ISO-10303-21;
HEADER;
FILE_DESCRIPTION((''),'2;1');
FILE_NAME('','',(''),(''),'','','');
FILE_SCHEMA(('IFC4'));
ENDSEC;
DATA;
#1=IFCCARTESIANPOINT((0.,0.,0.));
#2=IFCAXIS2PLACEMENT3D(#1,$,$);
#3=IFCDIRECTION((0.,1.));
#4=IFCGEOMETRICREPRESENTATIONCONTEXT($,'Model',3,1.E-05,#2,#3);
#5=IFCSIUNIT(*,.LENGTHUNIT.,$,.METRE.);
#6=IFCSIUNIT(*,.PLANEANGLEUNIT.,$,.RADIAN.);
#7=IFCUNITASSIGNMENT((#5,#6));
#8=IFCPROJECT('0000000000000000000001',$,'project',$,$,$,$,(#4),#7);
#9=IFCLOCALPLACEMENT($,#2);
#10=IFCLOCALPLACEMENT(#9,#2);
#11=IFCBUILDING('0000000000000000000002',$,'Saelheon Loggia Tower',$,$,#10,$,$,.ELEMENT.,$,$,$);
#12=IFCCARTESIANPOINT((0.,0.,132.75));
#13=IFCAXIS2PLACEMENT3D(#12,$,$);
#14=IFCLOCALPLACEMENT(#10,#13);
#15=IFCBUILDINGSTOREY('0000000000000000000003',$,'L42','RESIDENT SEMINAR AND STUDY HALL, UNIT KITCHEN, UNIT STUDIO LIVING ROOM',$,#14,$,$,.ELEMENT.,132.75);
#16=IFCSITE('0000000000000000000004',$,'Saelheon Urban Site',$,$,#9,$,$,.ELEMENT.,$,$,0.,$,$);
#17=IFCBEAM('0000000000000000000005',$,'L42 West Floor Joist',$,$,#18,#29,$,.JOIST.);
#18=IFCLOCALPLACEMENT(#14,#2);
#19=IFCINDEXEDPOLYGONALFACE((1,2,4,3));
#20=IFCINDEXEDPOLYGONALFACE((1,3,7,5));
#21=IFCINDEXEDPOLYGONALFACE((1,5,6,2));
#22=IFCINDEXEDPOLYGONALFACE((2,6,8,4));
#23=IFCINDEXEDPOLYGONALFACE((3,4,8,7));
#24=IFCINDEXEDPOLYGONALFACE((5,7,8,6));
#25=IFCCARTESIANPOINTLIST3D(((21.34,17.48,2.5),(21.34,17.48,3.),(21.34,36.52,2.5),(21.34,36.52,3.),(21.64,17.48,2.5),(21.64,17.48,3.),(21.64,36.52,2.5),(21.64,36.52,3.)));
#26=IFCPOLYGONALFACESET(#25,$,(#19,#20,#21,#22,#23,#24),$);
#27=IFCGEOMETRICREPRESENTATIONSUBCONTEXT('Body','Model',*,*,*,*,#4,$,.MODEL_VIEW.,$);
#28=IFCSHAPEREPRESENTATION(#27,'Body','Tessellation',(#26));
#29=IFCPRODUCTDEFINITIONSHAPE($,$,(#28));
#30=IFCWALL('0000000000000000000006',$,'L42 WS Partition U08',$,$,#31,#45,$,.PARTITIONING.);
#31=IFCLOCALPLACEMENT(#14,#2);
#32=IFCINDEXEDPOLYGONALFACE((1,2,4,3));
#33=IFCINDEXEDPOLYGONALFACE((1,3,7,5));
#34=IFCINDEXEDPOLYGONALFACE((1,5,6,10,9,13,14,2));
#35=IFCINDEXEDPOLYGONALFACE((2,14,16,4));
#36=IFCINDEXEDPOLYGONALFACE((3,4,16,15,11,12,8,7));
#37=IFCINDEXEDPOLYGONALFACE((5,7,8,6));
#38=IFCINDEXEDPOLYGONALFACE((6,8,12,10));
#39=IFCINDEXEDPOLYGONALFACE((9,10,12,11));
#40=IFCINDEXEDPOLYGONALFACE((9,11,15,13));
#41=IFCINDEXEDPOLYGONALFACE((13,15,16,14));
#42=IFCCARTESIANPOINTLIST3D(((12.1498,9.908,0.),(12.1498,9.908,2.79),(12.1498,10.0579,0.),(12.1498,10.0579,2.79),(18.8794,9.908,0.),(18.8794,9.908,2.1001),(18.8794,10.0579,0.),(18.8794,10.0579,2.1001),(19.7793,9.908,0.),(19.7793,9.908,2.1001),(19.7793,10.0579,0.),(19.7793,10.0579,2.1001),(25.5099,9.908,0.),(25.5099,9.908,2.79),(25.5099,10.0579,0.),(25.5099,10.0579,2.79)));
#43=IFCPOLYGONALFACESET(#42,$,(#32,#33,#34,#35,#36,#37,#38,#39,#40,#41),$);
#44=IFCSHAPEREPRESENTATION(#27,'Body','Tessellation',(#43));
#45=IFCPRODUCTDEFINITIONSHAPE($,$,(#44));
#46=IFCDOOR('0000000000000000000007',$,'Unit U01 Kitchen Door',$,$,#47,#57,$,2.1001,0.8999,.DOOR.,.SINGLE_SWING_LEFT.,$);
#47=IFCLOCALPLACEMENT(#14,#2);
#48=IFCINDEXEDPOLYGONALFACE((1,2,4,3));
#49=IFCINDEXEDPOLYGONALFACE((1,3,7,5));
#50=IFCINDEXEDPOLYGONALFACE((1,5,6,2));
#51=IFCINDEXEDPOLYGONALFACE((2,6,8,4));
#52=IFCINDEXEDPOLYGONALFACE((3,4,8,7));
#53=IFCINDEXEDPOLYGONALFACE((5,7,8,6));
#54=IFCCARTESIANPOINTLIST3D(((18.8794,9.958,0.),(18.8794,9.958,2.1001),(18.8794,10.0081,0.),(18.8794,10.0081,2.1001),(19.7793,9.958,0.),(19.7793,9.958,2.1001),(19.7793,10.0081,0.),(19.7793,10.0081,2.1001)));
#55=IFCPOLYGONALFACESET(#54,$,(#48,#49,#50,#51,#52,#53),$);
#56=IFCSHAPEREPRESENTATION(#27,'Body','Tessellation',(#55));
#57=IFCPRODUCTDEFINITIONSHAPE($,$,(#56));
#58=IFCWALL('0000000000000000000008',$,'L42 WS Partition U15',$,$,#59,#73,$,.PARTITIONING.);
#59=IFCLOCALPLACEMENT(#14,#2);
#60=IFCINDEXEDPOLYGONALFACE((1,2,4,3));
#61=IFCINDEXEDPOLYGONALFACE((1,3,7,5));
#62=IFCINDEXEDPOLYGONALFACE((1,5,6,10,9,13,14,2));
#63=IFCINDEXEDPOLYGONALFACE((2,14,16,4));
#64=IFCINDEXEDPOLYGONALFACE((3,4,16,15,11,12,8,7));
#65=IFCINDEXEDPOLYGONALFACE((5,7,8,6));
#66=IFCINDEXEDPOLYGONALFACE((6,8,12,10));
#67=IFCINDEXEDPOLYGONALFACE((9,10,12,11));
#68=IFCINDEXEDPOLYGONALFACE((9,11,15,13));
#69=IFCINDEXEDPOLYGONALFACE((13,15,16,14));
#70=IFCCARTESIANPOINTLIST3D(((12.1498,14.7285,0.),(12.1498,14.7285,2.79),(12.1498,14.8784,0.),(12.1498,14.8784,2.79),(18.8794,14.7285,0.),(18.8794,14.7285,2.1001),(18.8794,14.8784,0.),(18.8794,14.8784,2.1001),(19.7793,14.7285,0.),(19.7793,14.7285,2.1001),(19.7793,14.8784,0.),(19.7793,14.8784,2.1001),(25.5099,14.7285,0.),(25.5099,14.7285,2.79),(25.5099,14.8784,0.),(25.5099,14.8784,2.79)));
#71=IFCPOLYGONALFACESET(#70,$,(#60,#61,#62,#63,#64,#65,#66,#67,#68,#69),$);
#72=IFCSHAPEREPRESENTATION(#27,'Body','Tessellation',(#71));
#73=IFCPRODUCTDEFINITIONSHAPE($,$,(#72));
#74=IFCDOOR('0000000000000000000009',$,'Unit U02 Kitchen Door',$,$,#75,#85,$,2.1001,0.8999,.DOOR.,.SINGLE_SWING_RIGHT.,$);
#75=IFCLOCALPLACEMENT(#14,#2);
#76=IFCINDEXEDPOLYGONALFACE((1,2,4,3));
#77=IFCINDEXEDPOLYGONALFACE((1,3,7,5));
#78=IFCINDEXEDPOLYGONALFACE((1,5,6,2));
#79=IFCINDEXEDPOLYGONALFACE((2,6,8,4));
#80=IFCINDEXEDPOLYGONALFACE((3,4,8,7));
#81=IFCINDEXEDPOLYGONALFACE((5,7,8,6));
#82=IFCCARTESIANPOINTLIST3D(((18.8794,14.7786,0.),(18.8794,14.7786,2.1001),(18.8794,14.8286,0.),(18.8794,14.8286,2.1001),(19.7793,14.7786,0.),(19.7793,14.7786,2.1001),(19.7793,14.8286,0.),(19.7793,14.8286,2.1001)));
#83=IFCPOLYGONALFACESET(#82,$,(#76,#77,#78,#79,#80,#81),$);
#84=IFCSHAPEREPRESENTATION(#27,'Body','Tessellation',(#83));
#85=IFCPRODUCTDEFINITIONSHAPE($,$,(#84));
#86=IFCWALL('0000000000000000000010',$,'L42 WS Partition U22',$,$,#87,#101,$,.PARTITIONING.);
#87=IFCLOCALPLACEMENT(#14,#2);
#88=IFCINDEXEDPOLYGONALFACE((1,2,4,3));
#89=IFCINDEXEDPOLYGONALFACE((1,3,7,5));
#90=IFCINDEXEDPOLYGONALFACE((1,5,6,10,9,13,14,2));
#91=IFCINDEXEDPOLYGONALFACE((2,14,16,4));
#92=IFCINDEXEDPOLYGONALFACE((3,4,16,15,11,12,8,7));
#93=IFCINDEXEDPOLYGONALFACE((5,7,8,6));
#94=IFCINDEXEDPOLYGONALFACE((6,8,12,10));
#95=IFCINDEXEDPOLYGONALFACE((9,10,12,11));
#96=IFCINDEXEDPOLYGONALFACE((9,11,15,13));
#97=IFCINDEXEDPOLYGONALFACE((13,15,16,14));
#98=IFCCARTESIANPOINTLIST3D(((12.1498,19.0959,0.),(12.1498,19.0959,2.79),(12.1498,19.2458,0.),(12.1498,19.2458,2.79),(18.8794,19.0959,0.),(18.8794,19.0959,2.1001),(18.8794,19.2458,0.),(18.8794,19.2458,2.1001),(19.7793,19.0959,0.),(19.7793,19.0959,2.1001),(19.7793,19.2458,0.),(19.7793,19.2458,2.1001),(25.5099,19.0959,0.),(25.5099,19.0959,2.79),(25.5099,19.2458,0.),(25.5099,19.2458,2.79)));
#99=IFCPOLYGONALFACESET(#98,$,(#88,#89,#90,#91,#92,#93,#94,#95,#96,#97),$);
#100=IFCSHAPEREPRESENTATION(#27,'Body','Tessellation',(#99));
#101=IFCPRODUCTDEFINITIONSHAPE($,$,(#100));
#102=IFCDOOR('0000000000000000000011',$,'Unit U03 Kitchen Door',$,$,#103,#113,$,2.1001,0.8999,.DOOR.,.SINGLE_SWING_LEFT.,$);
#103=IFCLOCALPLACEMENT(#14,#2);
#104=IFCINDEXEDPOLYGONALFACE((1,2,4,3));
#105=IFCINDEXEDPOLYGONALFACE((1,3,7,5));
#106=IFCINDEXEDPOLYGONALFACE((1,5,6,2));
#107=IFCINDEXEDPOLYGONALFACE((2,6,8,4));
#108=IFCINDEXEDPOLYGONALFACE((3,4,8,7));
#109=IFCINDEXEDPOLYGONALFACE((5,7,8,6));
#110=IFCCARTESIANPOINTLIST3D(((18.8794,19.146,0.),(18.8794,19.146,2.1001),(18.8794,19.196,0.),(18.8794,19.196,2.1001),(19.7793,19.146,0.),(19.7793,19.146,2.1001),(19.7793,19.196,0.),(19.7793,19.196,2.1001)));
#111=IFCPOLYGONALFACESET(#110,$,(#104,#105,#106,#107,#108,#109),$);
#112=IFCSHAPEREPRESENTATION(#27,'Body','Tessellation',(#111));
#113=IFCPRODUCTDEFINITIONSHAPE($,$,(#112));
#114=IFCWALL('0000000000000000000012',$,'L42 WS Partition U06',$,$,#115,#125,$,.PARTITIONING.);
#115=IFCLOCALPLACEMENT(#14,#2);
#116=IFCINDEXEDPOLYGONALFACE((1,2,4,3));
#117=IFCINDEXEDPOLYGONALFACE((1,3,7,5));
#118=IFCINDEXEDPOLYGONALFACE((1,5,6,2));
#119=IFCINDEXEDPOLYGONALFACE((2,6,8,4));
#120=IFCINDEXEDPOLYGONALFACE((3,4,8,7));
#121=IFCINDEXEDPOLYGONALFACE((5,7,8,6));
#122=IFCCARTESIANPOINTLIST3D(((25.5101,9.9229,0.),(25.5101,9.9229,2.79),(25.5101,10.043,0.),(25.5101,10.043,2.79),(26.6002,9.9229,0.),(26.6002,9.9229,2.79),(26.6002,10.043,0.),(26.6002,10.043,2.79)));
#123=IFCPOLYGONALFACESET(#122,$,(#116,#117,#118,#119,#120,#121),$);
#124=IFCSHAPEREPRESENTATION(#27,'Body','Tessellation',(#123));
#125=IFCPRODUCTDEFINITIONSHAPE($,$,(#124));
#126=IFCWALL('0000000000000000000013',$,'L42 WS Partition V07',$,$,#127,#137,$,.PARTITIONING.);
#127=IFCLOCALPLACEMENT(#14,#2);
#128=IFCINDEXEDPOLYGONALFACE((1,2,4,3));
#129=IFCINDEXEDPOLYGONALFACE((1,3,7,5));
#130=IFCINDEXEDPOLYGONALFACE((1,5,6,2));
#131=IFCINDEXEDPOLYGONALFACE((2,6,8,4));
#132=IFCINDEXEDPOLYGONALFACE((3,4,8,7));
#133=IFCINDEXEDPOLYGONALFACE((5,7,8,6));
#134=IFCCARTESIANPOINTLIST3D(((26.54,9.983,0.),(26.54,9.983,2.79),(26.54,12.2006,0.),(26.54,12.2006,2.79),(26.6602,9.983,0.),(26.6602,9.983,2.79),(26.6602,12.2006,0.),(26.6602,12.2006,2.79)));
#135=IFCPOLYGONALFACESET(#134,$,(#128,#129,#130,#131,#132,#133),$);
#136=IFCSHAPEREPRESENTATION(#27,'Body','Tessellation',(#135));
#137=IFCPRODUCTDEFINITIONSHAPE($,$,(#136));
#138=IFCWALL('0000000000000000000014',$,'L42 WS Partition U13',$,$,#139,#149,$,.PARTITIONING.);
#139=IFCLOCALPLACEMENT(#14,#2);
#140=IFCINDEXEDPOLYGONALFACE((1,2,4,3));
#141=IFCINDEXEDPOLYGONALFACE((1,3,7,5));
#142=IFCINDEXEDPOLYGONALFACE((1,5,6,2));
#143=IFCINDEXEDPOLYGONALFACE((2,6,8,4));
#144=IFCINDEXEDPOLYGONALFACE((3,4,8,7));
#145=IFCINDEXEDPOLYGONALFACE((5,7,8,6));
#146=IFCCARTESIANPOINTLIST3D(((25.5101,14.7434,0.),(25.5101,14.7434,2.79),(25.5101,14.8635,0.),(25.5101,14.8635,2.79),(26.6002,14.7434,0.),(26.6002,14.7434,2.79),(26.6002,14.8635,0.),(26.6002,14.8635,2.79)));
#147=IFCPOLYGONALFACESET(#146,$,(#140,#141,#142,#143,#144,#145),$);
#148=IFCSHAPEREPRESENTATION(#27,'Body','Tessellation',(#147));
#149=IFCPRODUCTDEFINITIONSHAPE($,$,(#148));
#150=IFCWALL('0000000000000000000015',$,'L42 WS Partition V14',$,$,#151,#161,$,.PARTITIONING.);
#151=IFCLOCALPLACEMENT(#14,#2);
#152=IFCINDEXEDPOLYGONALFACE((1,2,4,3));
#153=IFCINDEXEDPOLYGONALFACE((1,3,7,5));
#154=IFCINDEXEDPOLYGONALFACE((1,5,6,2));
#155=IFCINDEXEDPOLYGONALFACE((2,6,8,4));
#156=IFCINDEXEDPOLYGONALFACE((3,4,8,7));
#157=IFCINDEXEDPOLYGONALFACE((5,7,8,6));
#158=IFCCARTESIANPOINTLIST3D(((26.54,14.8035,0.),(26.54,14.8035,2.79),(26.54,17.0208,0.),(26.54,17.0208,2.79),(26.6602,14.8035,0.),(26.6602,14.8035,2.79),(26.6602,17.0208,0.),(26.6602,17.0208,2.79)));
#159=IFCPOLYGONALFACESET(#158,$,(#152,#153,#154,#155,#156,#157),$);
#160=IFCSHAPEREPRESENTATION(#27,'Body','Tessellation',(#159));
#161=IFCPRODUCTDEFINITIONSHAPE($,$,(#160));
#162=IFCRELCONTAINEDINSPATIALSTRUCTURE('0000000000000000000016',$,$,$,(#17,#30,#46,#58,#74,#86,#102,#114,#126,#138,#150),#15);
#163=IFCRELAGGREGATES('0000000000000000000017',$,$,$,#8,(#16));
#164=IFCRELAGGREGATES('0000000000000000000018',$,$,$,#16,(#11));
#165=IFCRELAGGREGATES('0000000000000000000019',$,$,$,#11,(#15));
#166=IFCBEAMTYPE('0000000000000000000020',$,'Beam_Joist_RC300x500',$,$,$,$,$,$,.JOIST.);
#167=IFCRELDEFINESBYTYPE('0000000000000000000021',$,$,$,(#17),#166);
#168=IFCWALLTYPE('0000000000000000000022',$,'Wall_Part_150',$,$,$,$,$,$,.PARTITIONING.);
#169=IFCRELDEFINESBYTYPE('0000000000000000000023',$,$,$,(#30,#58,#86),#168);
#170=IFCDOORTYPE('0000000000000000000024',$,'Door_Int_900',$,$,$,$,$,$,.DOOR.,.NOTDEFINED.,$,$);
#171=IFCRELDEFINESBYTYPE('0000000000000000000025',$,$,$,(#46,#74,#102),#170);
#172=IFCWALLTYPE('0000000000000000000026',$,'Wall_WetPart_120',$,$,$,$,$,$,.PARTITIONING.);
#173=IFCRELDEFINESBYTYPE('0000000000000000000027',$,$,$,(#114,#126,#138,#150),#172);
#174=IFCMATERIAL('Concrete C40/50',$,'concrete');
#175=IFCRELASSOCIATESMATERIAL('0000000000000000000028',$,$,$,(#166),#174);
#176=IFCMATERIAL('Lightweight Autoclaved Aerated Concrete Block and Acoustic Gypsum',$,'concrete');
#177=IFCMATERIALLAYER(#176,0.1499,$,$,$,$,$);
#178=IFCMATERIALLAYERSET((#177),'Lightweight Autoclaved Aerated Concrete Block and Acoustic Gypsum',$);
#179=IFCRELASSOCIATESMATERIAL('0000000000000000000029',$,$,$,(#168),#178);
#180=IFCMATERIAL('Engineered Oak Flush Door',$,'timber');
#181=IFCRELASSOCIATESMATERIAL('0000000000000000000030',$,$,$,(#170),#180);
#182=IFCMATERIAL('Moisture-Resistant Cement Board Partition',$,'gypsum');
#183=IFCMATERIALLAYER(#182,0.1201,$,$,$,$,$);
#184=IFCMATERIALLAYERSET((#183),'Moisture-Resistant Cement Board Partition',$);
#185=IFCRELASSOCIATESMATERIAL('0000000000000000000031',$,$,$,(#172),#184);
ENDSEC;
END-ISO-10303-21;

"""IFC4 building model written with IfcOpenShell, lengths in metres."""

from ifc_helpers import new_model, si_unit, direction, frame, frame_2d, origin, origin_2d, place, context, subcontext, project, spatial, rectangle, extrude, source, transform, mapped, material, layer, layer_set, material_profile, profile_set, type_object, element, fill, save


model = new_model("IFC4")

# Units and contexts
model_context = context("Model", 3, precision=1e-05, world=origin(), true_north=direction((0.0, 1.0)))
body_context = subcontext(model_context, "Body", "Model", "MODEL_VIEW")
ifc_project = project(units=[si_unit("LENGTHUNIT", "METRE"), si_unit("PLANEANGLEUNIT", "RADIAN")], contexts=[model_context])

# Site, building, storey
site_placement = place(None, origin())
site = spatial("IfcSite", under=ifc_project, at=site_placement, Name="Saelheon Urban Site", CompositionType="ELEMENT", RefElevation=0.0)
building_placement = place(site_placement, origin())
building = spatial("IfcBuilding", under=site, at=building_placement, Name="Saelheon Loggia Tower", CompositionType="ELEMENT")
storey_placement = place(building_placement, frame((0.0, 0.0, 132.75)))
storey = spatial("IfcBuildingStorey", under=building, at=storey_placement, Name="L42", Description="RESIDENT SEMINAR AND STUDY HALL, UNIT KITCHEN, UNIT STUDIO LIVING ROOM", CompositionType="ELEMENT", Elevation=132.75)

# Beam
ifc_material_1 = material(Name="Concrete C40/50", Category="concrete")
ifc_material_profile = material_profile(ifc_material_1, rectangle(XDim=0.3, YDim=0.5, at=origin_2d()), Name="RC-300x500")
ifc_profile_set = profile_set([ifc_material_profile], Name="Concrete C40/50")
beam_type = type_object("IfcBeamType", Name="Beam_Joist_RC300x500", PredefinedType="JOIST", material=ifc_profile_set)
shared_shape_1 = source(origin(), body_context, "Body", "SweptSolid", [
    extrude(rectangle(XDim=0.3, YDim=0.5, at=origin_2d()), origin(), (0.0, 0.0, 1.0), 19.04),
])
beam_placement = place(storey_placement, frame((21.49, 17.48, 2.75), z_axis=(0.0, 1.0, 0.0), x_axis=(-1.0, 0.0, 0.0)))
element("IfcBeam", 1, at=beam_placement, inside=storey, type_object=beam_type, Name="L42 West Floor Joist", PredefinedType="JOIST", context=body_context, shape_type="MappedRepresentation", body=[
    mapped(shared_shape_1, transform((0.0, 0.0, 0.0), scale=1.0)),
])

# Walls, openings, doors
ifc_material_2 = material(Name="Lightweight Autoclaved Aerated Concrete Block and Acoustic Gypsum", Category="concrete")
ifc_layer_1 = layer(ifc_material_2, 0.1499)
ifc_layer_set_1 = layer_set([ifc_layer_1], Name="Lightweight Autoclaved Aerated Concrete Block and Acoustic Gypsum")
wall_type_1 = type_object("IfcWallType", Name="Wall_Part_150", PredefinedType="PARTITIONING", material=ifc_layer_set_1)
wall_1_placement = place(storey_placement, frame((25.51, 9.9829, 0.0), z_axis=(0.0, 0.0, 1.0), x_axis=(-1.0, 0.0, 0.0)))
wall_1 = element("IfcWall", 2, at=wall_1_placement, inside=storey, type_object=wall_type_1, Name="L42 WS Partition U08", PredefinedType="PARTITIONING", context=body_context, shape_type="SweptSolid", body=[
    extrude(rectangle(XDim=13.3601, YDim=0.1499, at=frame_2d((6.6802, 0.0))), origin(), (0.0, 0.0, 1.0), 2.79),
])
opening_1_placement = place(wall_1_placement, frame((5.7307, 0.0, 0.0)))
opening_1 = element("IfcOpeningElement", 3, at=opening_1_placement, cuts=wall_1, PredefinedType="OPENING", context=body_context, shape_type="SweptSolid", body=[
    extrude(rectangle(XDim=0.8999, YDim=2.1001, at=frame_2d((0.45, 1.05))), frame((0.0, 0.0869, 0.0), z_axis=(0.0, -1.0, 0.0), x_axis=(1.0, 0.0, 0.0)), (0.0, 0.0, 1.0), 0.1738),
])
ifc_material_3 = material(Name="Engineered Oak Flush Door", Category="timber")
door_type = type_object("IfcDoorType", Name="Door_Int_900", OperationType="NOTDEFINED", PredefinedType="DOOR", material=ifc_material_3)
shared_shape_2 = source(origin(), body_context, "Body", "SweptSolid", [
    extrude(rectangle(XDim=0.8999, YDim=2.1001, at=frame_2d((0.45, 1.05))), frame((0.0, 0.0249, 0.0), z_axis=(0.0, -1.0, 0.0), x_axis=(1.0, 0.0, 0.0)), (0.0, 0.0, 1.0), 0.05),
])
door_1_placement = place(opening_1_placement, origin())
door_1 = element("IfcDoor", 4, at=door_1_placement, inside=storey, type_object=door_type, Name="Unit U01 Kitchen Door", OperationType="SINGLE_SWING_LEFT", OverallHeight=2.1001, OverallWidth=0.8999, PredefinedType="DOOR", context=body_context, shape_type="MappedRepresentation", body=[
    mapped(shared_shape_2, transform((0.0, 0.0, 0.0), scale=1.0)),
])
fill(opening_1, door_1)
wall_2_placement = place(storey_placement, frame((25.51, 14.8035, 0.0), z_axis=(0.0, 0.0, 1.0), x_axis=(-1.0, 0.0, 0.0)))
wall_2 = element("IfcWall", 5, at=wall_2_placement, inside=storey, type_object=wall_type_1, Name="L42 WS Partition U15", PredefinedType="PARTITIONING", context=body_context, shape_type="SweptSolid", body=[
    extrude(rectangle(XDim=13.3601, YDim=0.1499, at=frame_2d((6.6802, 0.0))), origin(), (0.0, 0.0, 1.0), 2.79),
])
opening_2_placement = place(wall_2_placement, frame((5.7307, 0.0, 0.0)))
opening_2 = element("IfcOpeningElement", 6, at=opening_2_placement, cuts=wall_2, PredefinedType="OPENING", context=body_context, shape_type="SweptSolid", body=[
    extrude(rectangle(XDim=0.8999, YDim=2.1001, at=frame_2d((0.45, 1.05))), frame((0.0, 0.0869, 0.0), z_axis=(0.0, -1.0, 0.0), x_axis=(1.0, 0.0, 0.0)), (0.0, 0.0, 1.0), 0.1738),
])
door_2_placement = place(opening_2_placement, origin())
door_2 = element("IfcDoor", 7, at=door_2_placement, inside=storey, type_object=door_type, Name="Unit U02 Kitchen Door", OperationType="SINGLE_SWING_RIGHT", OverallHeight=2.1001, OverallWidth=0.8999, PredefinedType="DOOR", context=body_context, shape_type="MappedRepresentation", body=[
    mapped(shared_shape_2, transform((0.0, 0.0, 0.0), scale=1.0)),
])
fill(opening_2, door_2)
wall_3_placement = place(storey_placement, frame((25.51, 19.1709, 0.0), z_axis=(0.0, 0.0, 1.0), x_axis=(-1.0, 0.0, 0.0)))
wall_3 = element("IfcWall", 8, at=wall_3_placement, inside=storey, type_object=wall_type_1, Name="L42 WS Partition U22", PredefinedType="PARTITIONING", context=body_context, shape_type="SweptSolid", body=[
    extrude(rectangle(XDim=13.3601, YDim=0.1499, at=frame_2d((6.6802, 0.0))), origin(), (0.0, 0.0, 1.0), 2.79),
])
opening_3_placement = place(wall_3_placement, frame((5.7307, 0.0, 0.0)))
opening_3 = element("IfcOpeningElement", 9, at=opening_3_placement, cuts=wall_3, PredefinedType="OPENING", context=body_context, shape_type="SweptSolid", body=[
    extrude(rectangle(XDim=0.8999, YDim=2.1001, at=frame_2d((0.45, 1.05))), frame((0.0, 0.0869, 0.0), z_axis=(0.0, -1.0, 0.0), x_axis=(1.0, 0.0, 0.0)), (0.0, 0.0, 1.0), 0.1738),
])
door_3_placement = place(opening_3_placement, origin())
door_3 = element("IfcDoor", 10, at=door_3_placement, inside=storey, type_object=door_type, Name="Unit U03 Kitchen Door", OperationType="SINGLE_SWING_LEFT", OverallHeight=2.1001, OverallWidth=0.8999, PredefinedType="DOOR", context=body_context, shape_type="MappedRepresentation", body=[
    mapped(shared_shape_2, transform((0.0, 0.0, 0.0), scale=1.0)),
])
fill(opening_3, door_3)

# Walls
ifc_material_4 = material(Name="Moisture-Resistant Cement Board Partition", Category="gypsum")
ifc_layer_2 = layer(ifc_material_4, 0.1201)
ifc_layer_set_2 = layer_set([ifc_layer_2], Name="Moisture-Resistant Cement Board Partition")
wall_type_2 = type_object("IfcWallType", Name="Wall_WetPart_120", PredefinedType="PARTITIONING", material=ifc_layer_set_2)
wall_4_placement = place(storey_placement, frame((26.6001, 9.9829, 0.0), z_axis=(0.0, 0.0, 1.0), x_axis=(-1.0, 0.0, 0.0)))
element("IfcWall", 11, at=wall_4_placement, inside=storey, type_object=wall_type_2, Name="L42 WS Partition U06", PredefinedType="PARTITIONING", context=body_context, shape_type="SweptSolid", body=[
    extrude(rectangle(XDim=1.0901, YDim=0.1201, at=frame_2d((0.5449, 0.0))), origin(), (0.0, 0.0, 1.0), 2.79),
])
wall_5_placement = place(storey_placement, frame((26.6001, 9.9829, 0.0), z_axis=(0.0, 0.0, 1.0), x_axis=(0.0, 1.0, 0.0)))
element("IfcWall", 12, at=wall_5_placement, inside=storey, type_object=wall_type_2, Name="L42 WS Partition V07", PredefinedType="PARTITIONING", context=body_context, shape_type="SweptSolid", body=[
    extrude(rectangle(XDim=2.2175, YDim=0.1201, at=frame_2d((1.1089, 0.0))), origin(), (0.0, 0.0, 1.0), 2.79),
])
wall_6_placement = place(storey_placement, frame((26.6001, 14.8035, 0.0), z_axis=(0.0, 0.0, 1.0), x_axis=(-1.0, 0.0, 0.0)))
element("IfcWall", 13, at=wall_6_placement, inside=storey, type_object=wall_type_2, Name="L42 WS Partition U13", PredefinedType="PARTITIONING", context=body_context, shape_type="SweptSolid", body=[
    extrude(rectangle(XDim=1.0901, YDim=0.1201, at=frame_2d((0.5449, 0.0))), origin(), (0.0, 0.0, 1.0), 2.79),
])
wall_7_placement = place(storey_placement, frame((26.6001, 14.8035, 0.0), z_axis=(0.0, 0.0, 1.0), x_axis=(0.0, 1.0, 0.0)))
element("IfcWall", 14, at=wall_7_placement, inside=storey, type_object=wall_type_2, Name="L42 WS Partition V14", PredefinedType="PARTITIONING", context=body_context, shape_type="SweptSolid", body=[
    extrude(rectangle(XDim=2.2173, YDim=0.1201, at=frame_2d((1.1086, 0.0))), origin(), (0.0, 0.0, 1.0), 2.79),
])

save(model, "model.ifc")
